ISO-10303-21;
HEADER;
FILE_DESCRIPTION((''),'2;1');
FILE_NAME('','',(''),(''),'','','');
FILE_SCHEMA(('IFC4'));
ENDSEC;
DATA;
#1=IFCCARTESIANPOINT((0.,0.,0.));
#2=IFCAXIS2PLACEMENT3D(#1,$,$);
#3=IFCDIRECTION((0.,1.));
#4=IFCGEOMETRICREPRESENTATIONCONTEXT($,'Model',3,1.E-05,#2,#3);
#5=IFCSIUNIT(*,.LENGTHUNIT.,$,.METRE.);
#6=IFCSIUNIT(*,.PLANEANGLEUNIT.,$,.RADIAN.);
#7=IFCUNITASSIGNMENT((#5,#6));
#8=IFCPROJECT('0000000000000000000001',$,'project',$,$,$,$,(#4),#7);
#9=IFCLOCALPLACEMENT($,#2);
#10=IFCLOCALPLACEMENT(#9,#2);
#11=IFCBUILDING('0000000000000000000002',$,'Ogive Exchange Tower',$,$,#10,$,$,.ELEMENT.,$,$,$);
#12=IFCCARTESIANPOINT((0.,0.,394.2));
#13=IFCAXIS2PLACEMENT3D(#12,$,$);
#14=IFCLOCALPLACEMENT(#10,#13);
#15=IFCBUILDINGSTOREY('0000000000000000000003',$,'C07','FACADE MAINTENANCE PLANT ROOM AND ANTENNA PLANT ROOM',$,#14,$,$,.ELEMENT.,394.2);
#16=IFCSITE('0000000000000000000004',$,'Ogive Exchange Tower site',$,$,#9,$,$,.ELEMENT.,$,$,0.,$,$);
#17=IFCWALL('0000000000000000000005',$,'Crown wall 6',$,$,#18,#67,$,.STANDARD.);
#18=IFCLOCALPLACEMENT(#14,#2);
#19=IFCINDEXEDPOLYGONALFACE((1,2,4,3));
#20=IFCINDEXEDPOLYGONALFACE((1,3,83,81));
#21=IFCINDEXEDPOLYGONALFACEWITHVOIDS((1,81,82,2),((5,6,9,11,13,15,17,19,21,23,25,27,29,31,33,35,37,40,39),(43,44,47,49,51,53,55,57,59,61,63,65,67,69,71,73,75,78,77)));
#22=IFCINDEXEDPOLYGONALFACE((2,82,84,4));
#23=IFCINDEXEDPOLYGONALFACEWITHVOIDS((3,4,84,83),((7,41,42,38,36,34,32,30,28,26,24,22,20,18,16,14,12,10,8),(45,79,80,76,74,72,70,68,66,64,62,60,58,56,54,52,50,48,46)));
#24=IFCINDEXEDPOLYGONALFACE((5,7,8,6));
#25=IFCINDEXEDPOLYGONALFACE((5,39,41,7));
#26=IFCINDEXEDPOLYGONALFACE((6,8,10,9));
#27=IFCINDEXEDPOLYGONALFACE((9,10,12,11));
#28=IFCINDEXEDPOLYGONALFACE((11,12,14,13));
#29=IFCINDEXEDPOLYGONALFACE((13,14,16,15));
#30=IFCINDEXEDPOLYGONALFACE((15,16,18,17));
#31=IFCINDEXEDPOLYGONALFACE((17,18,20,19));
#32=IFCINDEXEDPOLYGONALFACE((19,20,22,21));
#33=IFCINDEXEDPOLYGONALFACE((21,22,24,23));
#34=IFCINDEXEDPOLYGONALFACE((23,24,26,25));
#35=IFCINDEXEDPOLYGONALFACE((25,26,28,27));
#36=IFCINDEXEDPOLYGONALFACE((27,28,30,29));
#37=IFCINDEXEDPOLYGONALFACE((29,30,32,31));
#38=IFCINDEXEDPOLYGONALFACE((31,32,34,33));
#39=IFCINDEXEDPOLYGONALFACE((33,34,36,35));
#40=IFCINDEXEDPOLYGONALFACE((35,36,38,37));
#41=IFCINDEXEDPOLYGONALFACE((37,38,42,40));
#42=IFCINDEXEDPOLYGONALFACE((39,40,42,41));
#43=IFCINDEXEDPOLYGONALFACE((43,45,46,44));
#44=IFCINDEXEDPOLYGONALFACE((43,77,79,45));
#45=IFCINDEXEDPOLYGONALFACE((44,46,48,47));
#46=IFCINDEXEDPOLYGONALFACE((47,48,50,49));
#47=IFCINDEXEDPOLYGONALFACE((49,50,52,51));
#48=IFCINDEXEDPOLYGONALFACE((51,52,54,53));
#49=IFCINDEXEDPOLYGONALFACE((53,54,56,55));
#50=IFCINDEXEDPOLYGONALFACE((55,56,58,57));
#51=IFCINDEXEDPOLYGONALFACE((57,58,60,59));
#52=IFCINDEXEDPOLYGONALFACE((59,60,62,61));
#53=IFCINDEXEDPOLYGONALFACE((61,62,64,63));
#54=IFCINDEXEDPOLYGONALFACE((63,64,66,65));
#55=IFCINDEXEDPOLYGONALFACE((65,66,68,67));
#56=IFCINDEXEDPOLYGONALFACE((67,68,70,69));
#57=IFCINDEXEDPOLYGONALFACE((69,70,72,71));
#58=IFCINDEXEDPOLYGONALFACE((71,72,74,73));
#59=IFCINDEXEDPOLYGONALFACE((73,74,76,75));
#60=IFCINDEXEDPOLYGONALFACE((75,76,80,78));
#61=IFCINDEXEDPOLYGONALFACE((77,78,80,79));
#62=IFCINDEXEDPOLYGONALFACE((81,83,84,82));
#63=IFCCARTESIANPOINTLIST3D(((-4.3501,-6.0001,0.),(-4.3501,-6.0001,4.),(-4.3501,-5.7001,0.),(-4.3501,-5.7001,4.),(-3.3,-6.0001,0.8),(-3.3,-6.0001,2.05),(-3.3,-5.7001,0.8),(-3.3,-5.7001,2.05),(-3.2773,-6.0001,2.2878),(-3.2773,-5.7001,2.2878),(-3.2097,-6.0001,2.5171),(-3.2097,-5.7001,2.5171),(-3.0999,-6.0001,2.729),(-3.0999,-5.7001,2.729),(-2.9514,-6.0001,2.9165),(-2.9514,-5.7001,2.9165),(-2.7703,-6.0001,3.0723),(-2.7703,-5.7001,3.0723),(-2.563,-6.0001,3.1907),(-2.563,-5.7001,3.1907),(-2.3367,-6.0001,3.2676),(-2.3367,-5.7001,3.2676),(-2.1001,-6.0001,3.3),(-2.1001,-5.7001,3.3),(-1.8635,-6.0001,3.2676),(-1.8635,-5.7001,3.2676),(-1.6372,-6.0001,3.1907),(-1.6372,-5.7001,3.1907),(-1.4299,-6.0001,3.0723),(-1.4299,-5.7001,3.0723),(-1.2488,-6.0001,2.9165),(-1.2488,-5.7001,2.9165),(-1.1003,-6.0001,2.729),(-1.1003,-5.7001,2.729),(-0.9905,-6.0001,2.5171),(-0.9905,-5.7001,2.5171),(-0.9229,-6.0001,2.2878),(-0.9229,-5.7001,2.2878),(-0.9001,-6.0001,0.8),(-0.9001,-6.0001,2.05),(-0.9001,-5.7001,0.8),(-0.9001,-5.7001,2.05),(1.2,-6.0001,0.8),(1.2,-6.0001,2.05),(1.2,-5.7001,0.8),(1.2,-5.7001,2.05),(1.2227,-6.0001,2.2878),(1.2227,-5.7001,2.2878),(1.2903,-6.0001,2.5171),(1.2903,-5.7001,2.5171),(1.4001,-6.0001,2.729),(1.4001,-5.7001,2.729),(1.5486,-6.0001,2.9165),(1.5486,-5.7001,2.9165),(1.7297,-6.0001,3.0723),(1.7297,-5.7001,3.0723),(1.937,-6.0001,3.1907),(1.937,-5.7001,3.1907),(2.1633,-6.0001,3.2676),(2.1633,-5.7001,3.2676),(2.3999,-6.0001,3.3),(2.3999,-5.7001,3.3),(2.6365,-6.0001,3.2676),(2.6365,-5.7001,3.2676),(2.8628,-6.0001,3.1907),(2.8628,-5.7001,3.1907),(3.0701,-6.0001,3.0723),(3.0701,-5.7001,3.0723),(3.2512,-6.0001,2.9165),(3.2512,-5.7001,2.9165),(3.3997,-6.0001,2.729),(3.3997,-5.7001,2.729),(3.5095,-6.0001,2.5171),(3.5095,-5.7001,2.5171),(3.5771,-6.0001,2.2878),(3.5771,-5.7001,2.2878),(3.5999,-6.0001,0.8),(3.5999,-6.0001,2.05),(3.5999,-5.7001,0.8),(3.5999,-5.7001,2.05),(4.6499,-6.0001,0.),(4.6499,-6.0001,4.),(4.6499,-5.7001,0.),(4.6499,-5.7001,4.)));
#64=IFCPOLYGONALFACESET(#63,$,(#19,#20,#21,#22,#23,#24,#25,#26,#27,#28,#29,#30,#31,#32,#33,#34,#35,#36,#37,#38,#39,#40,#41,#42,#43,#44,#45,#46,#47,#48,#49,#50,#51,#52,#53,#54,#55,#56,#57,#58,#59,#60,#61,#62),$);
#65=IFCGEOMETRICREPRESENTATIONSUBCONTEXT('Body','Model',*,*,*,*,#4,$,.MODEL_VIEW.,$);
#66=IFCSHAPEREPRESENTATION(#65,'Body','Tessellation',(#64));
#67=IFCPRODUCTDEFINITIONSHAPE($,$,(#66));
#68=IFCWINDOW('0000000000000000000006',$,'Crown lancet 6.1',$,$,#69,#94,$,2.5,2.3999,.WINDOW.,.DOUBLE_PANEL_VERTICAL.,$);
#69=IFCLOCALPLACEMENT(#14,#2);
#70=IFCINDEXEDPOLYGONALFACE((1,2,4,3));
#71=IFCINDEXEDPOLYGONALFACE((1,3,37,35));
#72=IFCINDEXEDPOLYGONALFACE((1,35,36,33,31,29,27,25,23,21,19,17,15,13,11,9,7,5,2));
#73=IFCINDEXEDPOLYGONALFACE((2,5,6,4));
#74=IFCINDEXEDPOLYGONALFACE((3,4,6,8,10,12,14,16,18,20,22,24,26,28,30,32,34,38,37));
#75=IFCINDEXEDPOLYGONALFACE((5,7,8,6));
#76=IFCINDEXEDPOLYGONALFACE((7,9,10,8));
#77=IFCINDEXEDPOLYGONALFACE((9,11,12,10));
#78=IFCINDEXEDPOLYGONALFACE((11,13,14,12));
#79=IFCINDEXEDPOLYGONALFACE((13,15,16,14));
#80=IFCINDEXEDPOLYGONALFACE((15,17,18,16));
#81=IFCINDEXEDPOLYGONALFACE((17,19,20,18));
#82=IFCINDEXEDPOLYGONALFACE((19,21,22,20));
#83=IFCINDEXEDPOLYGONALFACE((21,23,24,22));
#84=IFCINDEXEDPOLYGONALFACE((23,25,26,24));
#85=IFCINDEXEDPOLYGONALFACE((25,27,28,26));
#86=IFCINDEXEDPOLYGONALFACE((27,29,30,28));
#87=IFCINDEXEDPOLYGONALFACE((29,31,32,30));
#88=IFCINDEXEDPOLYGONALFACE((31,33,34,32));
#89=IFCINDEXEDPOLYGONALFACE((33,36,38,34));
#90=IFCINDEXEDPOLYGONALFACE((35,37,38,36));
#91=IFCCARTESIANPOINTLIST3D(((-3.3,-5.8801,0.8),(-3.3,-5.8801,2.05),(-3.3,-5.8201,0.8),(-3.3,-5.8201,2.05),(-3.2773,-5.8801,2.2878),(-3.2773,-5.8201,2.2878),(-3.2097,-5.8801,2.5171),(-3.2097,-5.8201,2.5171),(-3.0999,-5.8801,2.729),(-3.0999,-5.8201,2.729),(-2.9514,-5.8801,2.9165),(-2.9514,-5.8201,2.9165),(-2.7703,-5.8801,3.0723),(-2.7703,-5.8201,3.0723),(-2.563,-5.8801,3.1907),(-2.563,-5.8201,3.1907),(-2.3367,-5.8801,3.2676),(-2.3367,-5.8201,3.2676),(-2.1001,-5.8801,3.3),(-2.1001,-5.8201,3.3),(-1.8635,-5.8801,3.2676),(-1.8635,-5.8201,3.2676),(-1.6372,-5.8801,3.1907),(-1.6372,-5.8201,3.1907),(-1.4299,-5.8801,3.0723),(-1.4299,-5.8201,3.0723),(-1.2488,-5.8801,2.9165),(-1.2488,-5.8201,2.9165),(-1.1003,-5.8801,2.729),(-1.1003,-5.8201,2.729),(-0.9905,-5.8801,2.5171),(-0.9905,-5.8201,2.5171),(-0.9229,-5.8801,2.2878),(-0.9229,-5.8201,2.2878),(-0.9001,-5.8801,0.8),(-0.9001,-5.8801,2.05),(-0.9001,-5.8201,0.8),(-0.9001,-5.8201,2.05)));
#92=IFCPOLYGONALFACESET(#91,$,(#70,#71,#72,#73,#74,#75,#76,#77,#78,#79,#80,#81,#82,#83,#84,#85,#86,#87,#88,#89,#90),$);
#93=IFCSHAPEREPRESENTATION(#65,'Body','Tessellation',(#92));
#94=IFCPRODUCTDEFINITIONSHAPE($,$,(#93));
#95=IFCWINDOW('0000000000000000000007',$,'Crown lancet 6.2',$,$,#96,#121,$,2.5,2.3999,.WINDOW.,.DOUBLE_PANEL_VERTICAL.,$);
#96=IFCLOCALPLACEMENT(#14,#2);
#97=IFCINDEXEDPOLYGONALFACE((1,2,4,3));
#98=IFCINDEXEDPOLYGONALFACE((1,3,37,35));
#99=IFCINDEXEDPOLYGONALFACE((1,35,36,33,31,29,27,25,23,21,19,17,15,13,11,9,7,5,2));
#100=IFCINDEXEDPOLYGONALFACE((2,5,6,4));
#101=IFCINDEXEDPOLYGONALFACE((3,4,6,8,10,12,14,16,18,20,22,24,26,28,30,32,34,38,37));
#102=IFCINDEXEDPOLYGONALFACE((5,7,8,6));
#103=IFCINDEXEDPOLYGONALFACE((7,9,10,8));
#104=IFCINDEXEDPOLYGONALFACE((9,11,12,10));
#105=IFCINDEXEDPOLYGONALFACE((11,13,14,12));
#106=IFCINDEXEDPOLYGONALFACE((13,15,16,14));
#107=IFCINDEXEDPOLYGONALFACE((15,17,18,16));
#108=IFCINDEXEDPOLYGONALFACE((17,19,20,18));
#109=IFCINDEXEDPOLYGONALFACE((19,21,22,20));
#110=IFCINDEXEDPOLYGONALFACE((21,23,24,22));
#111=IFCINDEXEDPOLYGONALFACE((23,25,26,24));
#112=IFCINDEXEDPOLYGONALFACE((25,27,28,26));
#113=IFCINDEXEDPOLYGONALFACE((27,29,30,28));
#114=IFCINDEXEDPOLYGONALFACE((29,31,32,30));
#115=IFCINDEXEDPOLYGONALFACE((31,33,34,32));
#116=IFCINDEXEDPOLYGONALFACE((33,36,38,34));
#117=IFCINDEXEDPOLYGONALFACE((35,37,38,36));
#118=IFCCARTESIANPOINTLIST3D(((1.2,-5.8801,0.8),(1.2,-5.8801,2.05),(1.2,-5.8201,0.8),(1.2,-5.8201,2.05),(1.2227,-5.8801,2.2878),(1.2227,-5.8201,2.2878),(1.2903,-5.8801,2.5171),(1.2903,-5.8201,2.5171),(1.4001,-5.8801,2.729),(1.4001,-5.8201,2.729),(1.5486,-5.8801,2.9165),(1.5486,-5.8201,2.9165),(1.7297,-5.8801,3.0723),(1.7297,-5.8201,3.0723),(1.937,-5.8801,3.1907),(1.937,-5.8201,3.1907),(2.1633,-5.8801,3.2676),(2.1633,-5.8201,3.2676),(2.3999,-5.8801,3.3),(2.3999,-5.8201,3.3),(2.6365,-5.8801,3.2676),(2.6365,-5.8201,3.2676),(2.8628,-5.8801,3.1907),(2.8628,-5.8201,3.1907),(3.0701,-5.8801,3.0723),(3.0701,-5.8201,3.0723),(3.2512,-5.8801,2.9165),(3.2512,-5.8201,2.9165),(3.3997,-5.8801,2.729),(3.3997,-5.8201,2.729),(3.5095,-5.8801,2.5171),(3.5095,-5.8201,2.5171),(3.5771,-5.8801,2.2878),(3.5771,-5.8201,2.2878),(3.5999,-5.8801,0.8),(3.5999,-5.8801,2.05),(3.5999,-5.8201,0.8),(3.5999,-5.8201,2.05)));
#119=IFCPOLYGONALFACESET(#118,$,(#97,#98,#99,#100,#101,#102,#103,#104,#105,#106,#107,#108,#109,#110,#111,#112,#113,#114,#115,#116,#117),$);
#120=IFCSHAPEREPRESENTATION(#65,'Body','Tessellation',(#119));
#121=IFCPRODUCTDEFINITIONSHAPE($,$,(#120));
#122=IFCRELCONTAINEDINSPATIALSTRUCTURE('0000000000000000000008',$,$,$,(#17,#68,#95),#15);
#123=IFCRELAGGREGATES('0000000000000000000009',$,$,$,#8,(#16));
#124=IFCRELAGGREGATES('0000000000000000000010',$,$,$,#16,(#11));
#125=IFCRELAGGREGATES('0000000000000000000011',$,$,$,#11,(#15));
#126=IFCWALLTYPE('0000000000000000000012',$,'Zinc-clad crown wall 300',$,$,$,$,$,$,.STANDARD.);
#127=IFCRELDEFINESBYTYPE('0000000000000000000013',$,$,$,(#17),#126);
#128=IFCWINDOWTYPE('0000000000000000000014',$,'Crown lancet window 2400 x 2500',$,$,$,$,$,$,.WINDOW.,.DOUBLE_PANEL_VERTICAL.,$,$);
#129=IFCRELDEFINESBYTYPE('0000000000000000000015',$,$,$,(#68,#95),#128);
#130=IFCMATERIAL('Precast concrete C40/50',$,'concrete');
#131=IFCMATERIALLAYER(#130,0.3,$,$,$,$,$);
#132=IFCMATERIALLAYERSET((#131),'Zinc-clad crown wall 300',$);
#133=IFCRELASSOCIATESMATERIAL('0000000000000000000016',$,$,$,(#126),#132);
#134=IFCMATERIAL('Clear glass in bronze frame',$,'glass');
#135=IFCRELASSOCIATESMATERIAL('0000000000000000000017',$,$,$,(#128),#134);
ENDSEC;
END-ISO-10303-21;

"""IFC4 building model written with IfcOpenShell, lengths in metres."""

from ifc_helpers import new_model, si_unit, direction, frame, frame_2d, origin, place, context, subcontext, project, spatial, polyline, rectangle, outline, extrude, material, layer, layer_set, type_object, element, fill, save


model = new_model("IFC4")

# Units and contexts
model_context = context("Model", 3, precision=1e-05, world=origin(), true_north=direction((0.0, 1.0)))
body_context = subcontext(model_context, "Body", "Model", "MODEL_VIEW")
ifc_project = project(units=[si_unit("LENGTHUNIT", "METRE"), si_unit("PLANEANGLEUNIT", "RADIAN")], contexts=[model_context])

# Site, building, storey
site_placement = place(None, origin())
site = spatial("IfcSite", under=ifc_project, at=site_placement, Name="Ogive Exchange Tower site", CompositionType="ELEMENT", RefElevation=0.0)
building_placement = place(site_placement, origin())
building = spatial("IfcBuilding", under=site, at=building_placement, Name="Ogive Exchange Tower", CompositionType="ELEMENT")
storey_placement = place(building_placement, frame((0.0, 0.0, 394.2)))
storey = spatial("IfcBuildingStorey", under=building, at=storey_placement, Name="C07", Description="FACADE MAINTENANCE PLANT ROOM AND ANTENNA PLANT ROOM", CompositionType="ELEMENT", Elevation=394.2)

# Wall, openings, windows
ifc_material_1 = material(Name="Precast concrete C40/50", Category="concrete")
ifc_layer_1 = layer(ifc_material_1, 0.3)
ifc_layer_set_1 = layer_set([ifc_layer_1], Name="Zinc-clad crown wall 300")
wall_type_1 = type_object("IfcWallType", Name="Zinc-clad crown wall 300", PredefinedType="STANDARD", material=ifc_layer_set_1)
wall_1_placement = place(storey_placement, frame((-4.3501, -5.8501, 0.0), z_axis=(0.0, 0.0, 1.0), x_axis=(1.0, 0.0, 0.0)))
wall_1 = element("IfcWall", 1, at=wall_1_placement, inside=storey, type_object=wall_type_1, Name="Crown wall 6", PredefinedType="STANDARD", context=body_context, shape_type="SweptSolid", body=[
    extrude(rectangle(XDim=9.0, YDim=0.3, at=frame_2d((4.5, 0.0))), origin(), (0.0, 0.0, 1.0), 4.0),
])
opening_1_placement = place(wall_1_placement, frame((1.05, 0.0, 0.8)))
opening_1 = element("IfcOpeningElement", 2, at=opening_1_placement, cuts=wall_1, PredefinedType="OPENING", context=body_context, shape_type="SweptSolid", body=[
    extrude(outline(polyline([(0.0, 0.0), (2.3999, 0.0), (2.3999, 1.25), (2.3772, 1.4878), (2.3096, 1.717), (2.1997, 1.929), (2.0513, 2.1165), (1.8701, 2.2722), (1.6628, 2.3906), (1.4365, 2.4675), (1.2, 2.5), (0.9634, 2.4675), (0.7371, 2.3906), (0.5298, 2.2722), (0.3486, 2.1165), (0.2002, 1.929), (0.0903, 1.717), (0.0227, 1.4878), (0.0, 1.25), (0.0, 0.0)])), frame((0.0, 0.1599, 0.0), z_axis=(0.0, -1.0, 0.0), x_axis=(1.0, 0.0, 0.0)), (0.0, 0.0, 1.0), 0.3201),
])
opening_2_placement = place(wall_1_placement, frame((5.55, 0.0, 0.8)))
opening_2 = element("IfcOpeningElement", 3, at=opening_2_placement, cuts=wall_1, PredefinedType="OPENING", context=body_context, shape_type="SweptSolid", body=[
    extrude(outline(polyline([(0.0, 0.0), (2.3999, 0.0), (2.3999, 1.25), (2.3772, 1.4878), (2.3096, 1.717), (2.1997, 1.929), (2.0513, 2.1165), (1.8701, 2.2722), (1.6628, 2.3906), (1.4365, 2.4675), (1.2, 2.5), (0.9634, 2.4675), (0.7371, 2.3906), (0.5298, 2.2722), (0.3486, 2.1165), (0.2002, 1.929), (0.0903, 1.717), (0.0227, 1.4878), (0.0, 1.25), (0.0, 0.0)])), frame((0.0, 0.1599, 0.0), z_axis=(0.0, -1.0, 0.0), x_axis=(1.0, 0.0, 0.0)), (0.0, 0.0, 1.0), 0.3201),
])
ifc_material_2 = material(Name="Clear glass in bronze frame", Category="glass")
window_type = type_object("IfcWindowType", Name="Crown lancet window 2400 x 2500", PartitioningType="DOUBLE_PANEL_VERTICAL", PredefinedType="WINDOW", material=ifc_material_2)
window_1_placement = place(opening_1_placement, origin())
window_1 = element("IfcWindow", 4, at=window_1_placement, inside=storey, type_object=window_type, Name="Crown lancet 6.1", OverallHeight=2.5, OverallWidth=2.3999, PartitioningType="DOUBLE_PANEL_VERTICAL", PredefinedType="WINDOW", context=body_context, shape_type="SweptSolid", body=[
    extrude(outline(polyline([(0.0, 0.0), (2.3999, 0.0), (2.3999, 1.25), (2.3772, 1.4878), (2.3096, 1.717), (2.1997, 1.929), (2.0513, 2.1165), (1.8701, 2.2722), (1.6628, 2.3906), (1.4365, 2.4675), (1.2, 2.5), (0.9634, 2.4675), (0.7371, 2.3906), (0.5298, 2.2722), (0.3486, 2.1165), (0.2002, 1.929), (0.0903, 1.717), (0.0227, 1.4878), (0.0, 1.25), (0.0, 0.0)])), frame((0.0, 0.03, 0.0), z_axis=(0.0, -1.0, 0.0), x_axis=(1.0, 0.0, 0.0)), (0.0, 0.0, 1.0), 0.0601),
])
fill(opening_1, window_1)
window_2_placement = place(opening_2_placement, origin())
window_2 = element("IfcWindow", 5, at=window_2_placement, inside=storey, type_object=window_type, Name="Crown lancet 6.2", OverallHeight=2.5, OverallWidth=2.3999, PartitioningType="DOUBLE_PANEL_VERTICAL", PredefinedType="WINDOW", context=body_context, shape_type="SweptSolid", body=[
    extrude(outline(polyline([(0.0, 0.0), (2.3999, 0.0), (2.3999, 1.25), (2.3772, 1.4878), (2.3096, 1.717), (2.1997, 1.929), (2.0513, 2.1165), (1.8701, 2.2722), (1.6628, 2.3906), (1.4365, 2.4675), (1.2, 2.5), (0.9634, 2.4675), (0.7371, 2.3906), (0.5298, 2.2722), (0.3486, 2.1165), (0.2002, 1.929), (0.0903, 1.717), (0.0227, 1.4878), (0.0, 1.25), (0.0, 0.0)])), frame((0.0, 0.03, 0.0), z_axis=(0.0, -1.0, 0.0), x_axis=(1.0, 0.0, 0.0)), (0.0, 0.0, 1.0), 0.0601),
])
fill(opening_2, window_2)

save(model, "model.ifc")
